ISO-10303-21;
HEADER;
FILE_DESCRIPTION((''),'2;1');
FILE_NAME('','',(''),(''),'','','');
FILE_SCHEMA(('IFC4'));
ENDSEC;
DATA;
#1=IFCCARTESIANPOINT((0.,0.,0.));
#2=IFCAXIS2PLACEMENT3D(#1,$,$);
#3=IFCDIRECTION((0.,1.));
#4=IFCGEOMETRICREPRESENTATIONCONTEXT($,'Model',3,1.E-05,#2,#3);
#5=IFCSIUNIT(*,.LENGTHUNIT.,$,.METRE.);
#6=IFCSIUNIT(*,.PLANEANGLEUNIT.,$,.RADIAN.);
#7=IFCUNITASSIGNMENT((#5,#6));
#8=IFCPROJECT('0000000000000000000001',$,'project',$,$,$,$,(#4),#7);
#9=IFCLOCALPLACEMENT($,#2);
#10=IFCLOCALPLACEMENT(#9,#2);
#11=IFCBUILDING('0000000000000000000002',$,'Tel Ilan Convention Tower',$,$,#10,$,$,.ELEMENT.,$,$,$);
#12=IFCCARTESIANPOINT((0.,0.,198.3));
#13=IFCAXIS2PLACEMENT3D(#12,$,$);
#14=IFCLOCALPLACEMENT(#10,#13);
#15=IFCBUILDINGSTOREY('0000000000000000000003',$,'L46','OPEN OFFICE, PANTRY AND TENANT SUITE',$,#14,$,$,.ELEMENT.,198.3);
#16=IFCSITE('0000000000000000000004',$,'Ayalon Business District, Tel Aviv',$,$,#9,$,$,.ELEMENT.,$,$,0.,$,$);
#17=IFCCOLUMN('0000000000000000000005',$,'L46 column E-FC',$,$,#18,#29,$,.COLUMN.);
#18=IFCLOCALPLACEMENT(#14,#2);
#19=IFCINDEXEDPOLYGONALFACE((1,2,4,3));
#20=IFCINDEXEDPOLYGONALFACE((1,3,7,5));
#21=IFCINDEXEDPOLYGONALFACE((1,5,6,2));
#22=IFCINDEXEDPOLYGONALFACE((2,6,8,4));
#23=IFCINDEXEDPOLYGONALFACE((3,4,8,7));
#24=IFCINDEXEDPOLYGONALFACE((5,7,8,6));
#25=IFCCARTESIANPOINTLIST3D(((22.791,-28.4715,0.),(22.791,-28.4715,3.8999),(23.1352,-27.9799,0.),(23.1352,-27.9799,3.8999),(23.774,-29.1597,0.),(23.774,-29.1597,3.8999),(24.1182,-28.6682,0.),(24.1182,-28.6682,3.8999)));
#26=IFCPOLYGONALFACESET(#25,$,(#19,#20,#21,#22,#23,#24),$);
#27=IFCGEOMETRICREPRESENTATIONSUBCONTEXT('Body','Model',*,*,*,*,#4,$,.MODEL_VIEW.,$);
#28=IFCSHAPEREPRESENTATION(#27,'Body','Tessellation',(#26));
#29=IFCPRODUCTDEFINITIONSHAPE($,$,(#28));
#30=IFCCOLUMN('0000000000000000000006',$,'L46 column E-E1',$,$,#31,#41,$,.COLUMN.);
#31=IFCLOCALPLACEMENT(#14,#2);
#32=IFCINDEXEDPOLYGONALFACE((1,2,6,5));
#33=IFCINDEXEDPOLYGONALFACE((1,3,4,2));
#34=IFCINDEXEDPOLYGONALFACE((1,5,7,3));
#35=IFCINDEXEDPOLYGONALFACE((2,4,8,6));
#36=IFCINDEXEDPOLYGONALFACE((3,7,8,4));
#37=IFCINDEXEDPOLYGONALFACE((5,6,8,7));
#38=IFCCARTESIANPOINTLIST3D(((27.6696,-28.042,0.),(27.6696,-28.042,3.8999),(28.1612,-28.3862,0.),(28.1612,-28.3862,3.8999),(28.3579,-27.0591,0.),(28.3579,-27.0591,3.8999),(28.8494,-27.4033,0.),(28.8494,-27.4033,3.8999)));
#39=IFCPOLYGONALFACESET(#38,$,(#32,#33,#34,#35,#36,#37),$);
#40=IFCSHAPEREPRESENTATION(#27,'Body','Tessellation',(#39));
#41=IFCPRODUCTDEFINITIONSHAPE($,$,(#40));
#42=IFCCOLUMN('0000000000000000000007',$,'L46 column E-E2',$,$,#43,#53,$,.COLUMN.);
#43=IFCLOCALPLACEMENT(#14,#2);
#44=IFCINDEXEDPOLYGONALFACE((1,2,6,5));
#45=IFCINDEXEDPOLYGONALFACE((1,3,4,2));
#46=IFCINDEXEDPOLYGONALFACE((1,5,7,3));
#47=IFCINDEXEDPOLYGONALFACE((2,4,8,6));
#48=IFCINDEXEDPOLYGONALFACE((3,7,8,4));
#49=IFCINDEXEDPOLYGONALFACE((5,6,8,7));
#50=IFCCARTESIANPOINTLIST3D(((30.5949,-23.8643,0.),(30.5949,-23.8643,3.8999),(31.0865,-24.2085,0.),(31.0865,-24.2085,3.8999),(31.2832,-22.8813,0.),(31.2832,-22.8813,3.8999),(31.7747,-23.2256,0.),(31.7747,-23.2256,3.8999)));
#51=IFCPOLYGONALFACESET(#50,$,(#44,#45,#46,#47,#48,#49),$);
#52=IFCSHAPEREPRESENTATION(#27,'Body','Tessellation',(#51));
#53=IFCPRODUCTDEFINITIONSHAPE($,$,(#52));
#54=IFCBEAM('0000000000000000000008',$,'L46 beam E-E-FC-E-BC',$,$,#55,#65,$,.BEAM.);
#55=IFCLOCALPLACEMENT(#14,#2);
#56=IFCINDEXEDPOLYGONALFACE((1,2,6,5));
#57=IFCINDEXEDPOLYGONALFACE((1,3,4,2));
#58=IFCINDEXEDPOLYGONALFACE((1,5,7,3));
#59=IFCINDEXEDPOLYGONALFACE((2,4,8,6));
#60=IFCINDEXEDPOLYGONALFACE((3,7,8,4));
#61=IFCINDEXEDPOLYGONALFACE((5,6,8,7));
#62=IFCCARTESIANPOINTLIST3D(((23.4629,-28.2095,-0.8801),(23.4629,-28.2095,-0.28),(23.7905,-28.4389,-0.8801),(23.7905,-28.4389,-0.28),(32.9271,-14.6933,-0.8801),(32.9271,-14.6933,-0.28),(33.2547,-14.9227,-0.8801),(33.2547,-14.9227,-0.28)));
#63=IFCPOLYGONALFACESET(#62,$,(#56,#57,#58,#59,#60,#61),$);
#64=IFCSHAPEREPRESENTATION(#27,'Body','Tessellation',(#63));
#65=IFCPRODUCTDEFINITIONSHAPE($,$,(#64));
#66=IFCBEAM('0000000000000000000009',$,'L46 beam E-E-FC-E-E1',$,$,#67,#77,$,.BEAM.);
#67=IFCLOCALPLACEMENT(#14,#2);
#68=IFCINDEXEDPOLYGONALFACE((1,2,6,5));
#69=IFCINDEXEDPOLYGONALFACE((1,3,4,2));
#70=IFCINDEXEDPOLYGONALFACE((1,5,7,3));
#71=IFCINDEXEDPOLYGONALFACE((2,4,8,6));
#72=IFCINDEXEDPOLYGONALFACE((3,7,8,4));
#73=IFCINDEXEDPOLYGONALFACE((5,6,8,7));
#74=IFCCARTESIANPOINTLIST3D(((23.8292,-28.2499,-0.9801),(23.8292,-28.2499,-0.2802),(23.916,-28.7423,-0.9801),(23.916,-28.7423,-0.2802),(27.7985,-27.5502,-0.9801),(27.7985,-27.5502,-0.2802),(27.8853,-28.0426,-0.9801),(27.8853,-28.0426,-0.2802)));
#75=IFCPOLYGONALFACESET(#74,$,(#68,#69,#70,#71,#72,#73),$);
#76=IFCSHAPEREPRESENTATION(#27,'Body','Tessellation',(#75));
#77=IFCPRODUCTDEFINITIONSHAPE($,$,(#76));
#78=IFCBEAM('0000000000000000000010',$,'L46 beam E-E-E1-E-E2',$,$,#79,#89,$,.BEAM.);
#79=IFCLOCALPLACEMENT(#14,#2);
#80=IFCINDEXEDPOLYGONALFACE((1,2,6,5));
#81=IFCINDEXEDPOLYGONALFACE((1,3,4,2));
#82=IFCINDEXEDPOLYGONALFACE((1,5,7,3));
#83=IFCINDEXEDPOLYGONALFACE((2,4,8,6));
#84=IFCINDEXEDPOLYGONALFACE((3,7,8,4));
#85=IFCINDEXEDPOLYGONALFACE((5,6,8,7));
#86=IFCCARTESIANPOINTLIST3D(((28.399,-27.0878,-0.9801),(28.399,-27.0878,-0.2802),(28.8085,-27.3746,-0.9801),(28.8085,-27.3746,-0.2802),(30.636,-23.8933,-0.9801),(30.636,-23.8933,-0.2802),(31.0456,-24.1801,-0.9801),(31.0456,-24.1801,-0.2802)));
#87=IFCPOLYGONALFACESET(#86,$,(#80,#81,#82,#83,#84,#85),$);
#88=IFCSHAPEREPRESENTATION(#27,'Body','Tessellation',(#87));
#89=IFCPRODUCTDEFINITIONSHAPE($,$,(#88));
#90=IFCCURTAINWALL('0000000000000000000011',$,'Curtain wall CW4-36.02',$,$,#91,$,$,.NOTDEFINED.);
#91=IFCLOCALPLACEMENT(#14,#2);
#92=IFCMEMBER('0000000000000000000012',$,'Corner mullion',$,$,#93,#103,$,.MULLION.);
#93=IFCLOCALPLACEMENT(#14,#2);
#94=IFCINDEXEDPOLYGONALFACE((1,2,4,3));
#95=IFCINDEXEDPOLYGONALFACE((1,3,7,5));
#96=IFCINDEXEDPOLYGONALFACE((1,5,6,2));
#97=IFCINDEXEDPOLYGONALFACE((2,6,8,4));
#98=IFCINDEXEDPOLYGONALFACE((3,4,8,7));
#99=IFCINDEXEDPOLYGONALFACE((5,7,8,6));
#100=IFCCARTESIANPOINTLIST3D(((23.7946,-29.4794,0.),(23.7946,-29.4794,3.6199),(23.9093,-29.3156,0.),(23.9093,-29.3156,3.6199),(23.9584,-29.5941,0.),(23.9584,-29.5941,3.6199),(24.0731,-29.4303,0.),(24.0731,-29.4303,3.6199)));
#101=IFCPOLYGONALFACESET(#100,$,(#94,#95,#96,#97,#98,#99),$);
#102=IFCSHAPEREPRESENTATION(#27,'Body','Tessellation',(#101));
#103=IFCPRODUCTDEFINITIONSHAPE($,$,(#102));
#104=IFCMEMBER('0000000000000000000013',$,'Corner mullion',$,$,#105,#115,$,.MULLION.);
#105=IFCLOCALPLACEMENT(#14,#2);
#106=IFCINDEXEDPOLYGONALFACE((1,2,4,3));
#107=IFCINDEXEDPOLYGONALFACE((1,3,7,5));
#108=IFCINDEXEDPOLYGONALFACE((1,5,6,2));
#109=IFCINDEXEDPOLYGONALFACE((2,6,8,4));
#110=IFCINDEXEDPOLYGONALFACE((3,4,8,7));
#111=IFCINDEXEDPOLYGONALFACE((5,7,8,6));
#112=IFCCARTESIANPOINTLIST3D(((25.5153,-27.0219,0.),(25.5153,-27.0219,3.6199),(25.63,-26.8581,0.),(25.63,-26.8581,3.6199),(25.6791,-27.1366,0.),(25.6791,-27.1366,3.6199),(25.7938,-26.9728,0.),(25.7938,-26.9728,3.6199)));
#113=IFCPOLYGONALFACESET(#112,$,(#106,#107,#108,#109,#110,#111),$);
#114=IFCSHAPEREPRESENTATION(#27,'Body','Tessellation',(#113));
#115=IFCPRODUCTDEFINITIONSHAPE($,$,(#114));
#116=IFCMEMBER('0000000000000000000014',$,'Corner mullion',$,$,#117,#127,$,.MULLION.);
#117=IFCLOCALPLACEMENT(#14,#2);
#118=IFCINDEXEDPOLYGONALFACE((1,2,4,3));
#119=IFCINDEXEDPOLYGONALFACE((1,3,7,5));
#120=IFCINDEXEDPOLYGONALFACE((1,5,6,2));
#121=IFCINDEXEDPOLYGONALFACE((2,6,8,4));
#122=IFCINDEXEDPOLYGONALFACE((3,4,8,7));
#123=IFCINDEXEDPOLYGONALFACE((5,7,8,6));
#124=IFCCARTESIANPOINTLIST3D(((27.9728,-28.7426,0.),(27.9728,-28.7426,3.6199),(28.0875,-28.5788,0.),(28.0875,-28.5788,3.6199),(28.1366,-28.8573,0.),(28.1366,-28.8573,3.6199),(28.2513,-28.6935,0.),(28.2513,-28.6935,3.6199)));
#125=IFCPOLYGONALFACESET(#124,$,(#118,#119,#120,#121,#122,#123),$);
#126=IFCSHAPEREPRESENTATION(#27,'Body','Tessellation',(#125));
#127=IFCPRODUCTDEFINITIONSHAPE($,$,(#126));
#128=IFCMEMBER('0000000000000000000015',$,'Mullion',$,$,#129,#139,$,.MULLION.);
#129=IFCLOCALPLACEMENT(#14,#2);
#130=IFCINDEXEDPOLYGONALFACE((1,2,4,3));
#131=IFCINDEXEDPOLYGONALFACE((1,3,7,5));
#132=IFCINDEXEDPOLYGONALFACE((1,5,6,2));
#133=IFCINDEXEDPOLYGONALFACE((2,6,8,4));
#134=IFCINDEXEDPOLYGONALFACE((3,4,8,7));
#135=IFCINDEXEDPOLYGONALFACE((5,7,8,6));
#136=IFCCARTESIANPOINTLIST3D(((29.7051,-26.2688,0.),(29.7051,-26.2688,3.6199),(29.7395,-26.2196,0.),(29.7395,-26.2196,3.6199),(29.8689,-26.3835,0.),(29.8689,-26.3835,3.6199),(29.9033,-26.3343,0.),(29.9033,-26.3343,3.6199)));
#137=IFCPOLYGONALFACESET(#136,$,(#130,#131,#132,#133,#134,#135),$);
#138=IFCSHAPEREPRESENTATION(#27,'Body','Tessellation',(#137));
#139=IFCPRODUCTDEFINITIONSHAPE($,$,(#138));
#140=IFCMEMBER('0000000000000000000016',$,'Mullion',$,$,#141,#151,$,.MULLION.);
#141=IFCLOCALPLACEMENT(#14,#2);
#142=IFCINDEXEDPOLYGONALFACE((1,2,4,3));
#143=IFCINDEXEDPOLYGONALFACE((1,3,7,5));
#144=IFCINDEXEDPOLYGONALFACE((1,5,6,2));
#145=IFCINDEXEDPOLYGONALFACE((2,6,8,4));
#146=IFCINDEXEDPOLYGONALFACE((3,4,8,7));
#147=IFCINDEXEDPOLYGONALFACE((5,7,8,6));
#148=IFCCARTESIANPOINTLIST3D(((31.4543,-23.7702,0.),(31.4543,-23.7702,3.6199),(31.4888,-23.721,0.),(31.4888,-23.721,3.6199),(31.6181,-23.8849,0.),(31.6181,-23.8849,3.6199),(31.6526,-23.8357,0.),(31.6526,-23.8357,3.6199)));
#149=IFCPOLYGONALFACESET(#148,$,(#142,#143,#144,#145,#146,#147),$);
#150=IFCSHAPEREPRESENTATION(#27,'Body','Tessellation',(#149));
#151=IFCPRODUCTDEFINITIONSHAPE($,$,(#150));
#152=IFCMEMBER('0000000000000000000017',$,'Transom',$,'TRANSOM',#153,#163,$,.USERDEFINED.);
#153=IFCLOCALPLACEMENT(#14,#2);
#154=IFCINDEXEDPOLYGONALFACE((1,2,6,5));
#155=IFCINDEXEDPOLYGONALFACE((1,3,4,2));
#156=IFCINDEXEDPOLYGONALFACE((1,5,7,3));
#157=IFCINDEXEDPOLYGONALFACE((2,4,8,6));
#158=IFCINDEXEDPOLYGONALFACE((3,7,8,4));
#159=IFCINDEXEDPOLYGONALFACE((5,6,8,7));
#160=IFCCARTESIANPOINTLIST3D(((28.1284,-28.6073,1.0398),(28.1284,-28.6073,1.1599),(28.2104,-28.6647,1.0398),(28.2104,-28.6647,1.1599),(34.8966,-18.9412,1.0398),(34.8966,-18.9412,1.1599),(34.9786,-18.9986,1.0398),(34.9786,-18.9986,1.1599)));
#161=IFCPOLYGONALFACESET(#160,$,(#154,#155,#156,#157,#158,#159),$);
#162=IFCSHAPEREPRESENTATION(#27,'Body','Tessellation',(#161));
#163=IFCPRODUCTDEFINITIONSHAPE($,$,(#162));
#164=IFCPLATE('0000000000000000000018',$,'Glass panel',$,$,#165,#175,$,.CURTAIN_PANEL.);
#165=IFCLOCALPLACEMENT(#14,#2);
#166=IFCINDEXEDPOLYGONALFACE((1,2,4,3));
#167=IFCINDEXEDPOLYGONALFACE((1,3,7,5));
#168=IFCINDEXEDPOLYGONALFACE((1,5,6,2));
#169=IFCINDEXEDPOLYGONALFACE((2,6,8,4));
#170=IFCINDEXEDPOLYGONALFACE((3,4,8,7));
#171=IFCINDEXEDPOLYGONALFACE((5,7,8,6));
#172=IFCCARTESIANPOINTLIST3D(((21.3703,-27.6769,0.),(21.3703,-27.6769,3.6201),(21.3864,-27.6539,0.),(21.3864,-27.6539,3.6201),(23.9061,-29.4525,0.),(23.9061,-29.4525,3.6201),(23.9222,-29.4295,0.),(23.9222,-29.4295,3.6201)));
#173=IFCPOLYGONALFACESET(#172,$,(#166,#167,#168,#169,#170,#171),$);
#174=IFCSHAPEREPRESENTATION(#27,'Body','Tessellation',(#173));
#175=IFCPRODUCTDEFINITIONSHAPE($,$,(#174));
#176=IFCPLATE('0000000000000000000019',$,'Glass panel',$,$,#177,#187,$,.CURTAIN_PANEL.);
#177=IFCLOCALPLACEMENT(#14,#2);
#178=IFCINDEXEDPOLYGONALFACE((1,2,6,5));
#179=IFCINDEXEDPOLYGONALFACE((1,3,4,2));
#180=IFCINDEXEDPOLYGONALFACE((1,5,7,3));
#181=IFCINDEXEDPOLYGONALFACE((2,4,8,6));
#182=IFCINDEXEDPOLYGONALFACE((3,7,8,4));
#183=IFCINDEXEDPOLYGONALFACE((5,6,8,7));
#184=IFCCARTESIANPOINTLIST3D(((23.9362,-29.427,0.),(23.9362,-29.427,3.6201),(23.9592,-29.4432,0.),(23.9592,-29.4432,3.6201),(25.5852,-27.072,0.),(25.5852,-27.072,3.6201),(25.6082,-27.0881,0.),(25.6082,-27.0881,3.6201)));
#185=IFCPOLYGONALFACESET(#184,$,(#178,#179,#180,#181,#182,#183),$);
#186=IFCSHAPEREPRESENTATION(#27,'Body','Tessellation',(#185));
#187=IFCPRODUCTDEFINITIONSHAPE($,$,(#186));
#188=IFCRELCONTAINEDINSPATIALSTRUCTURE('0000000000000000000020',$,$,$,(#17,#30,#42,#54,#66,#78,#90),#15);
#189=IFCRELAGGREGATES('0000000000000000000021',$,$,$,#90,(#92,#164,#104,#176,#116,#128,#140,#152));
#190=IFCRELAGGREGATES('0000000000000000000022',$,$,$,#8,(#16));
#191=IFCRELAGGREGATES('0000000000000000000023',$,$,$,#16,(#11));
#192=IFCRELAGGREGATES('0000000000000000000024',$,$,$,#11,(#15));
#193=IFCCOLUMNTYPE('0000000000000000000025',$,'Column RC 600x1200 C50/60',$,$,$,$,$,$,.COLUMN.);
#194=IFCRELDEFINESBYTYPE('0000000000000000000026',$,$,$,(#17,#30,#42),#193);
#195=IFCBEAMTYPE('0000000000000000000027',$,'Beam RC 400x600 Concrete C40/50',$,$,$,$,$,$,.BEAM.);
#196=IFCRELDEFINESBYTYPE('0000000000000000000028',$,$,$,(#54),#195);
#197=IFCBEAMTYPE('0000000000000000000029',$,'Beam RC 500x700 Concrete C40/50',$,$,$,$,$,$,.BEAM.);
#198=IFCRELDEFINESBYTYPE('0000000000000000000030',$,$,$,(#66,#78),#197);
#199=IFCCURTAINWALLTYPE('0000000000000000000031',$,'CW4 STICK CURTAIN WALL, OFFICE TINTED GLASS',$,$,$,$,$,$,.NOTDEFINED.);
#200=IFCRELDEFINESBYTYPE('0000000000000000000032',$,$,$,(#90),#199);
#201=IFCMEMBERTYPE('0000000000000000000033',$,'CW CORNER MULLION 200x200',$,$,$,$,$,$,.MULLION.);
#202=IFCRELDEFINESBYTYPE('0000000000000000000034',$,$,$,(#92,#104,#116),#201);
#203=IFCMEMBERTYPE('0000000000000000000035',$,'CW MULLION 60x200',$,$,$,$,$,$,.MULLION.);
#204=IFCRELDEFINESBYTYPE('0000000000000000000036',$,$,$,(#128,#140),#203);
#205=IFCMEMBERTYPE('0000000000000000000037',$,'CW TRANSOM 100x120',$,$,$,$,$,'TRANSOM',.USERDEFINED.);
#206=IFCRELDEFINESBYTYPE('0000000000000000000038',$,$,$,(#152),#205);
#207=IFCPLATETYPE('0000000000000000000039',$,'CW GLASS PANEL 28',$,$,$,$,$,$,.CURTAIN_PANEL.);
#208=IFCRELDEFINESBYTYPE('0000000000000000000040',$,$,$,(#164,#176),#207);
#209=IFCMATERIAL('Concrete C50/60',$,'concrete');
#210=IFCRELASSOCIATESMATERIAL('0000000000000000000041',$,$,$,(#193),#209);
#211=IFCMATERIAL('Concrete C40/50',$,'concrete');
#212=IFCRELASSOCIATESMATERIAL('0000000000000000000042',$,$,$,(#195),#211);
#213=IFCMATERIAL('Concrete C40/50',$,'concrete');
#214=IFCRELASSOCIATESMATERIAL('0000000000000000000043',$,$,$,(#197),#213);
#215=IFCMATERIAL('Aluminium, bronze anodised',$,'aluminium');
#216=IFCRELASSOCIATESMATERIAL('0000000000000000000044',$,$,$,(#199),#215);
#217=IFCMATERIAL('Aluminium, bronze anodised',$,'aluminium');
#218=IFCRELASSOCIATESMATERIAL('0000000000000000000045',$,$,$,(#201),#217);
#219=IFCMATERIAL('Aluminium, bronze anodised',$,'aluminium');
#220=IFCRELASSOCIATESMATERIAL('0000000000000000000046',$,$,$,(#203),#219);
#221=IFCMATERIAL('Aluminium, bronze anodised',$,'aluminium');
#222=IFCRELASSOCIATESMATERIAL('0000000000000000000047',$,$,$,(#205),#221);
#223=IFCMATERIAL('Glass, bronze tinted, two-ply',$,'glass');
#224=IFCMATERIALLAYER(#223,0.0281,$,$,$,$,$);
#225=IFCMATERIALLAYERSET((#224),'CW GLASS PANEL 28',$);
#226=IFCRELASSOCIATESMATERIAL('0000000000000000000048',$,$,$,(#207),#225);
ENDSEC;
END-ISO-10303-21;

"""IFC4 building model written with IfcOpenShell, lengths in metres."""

from ifc_helpers import new_model, si_unit, direction, frame, origin, origin_2d, place, context, subcontext, project, spatial, rectangle, extrude, material, layer, layer_set, material_profile, profile_set, type_object, element, aggregate, save


model = new_model("IFC4")

# Units and contexts
model_context = context("Model", 3, precision=1e-05, world=origin(), true_north=direction((0.0, 1.0)))
body_context = subcontext(model_context, "Body", "Model", "MODEL_VIEW")
ifc_project = project(units=[si_unit("LENGTHUNIT", "METRE"), si_unit("PLANEANGLEUNIT", "RADIAN")], contexts=[model_context])

# Site, building, storey
site_placement = place(None, origin())
site = spatial("IfcSite", under=ifc_project, at=site_placement, Name="Ayalon Business District, Tel Aviv", CompositionType="ELEMENT", RefElevation=0.0)
building_placement = place(site_placement, origin())
building = spatial("IfcBuilding", under=site, at=building_placement, Name="Tel Ilan Convention Tower", CompositionType="ELEMENT")
storey_placement = place(building_placement, frame((0.0, 0.0, 198.3)))
storey = spatial("IfcBuildingStorey", under=building, at=storey_placement, Name="L46", Description="OPEN OFFICE, PANTRY AND TENANT SUITE", CompositionType="ELEMENT", Elevation=198.3)

# Columns
ifc_material_1 = material(Name="Concrete C50/60", Category="concrete")
ifc_material_profile_1 = material_profile(ifc_material_1, rectangle(XDim=1.2, YDim=0.6001, at=origin_2d()), Name="RC 600x1200")
ifc_profile_set_1 = profile_set([ifc_material_profile_1], Name="Concrete C50/60")
column_type = type_object("IfcColumnType", Name="Column RC 600x1200 C50/60", PredefinedType="COLUMN", material=ifc_profile_set_1)
for number, where, z_axis, x_axis, name in (
    (1, (23.4546, -28.5698, 0.0), (0.0, 0.0, 1.0), (0.819152, -0.573576, 0.0), "L46 column E-FC"),
    (2, (28.2595, -27.7227, 0.0), (0.0, 0.0, 1.0), (0.573576, 0.819152, 0.0), "L46 column E-E1"),
    (3, (31.1848, -23.5449, 0.0), (0.0, 0.0, 1.0), (0.573576, 0.819152, 0.0), "L46 column E-E2"),
):
    element("IfcColumn", number, at=place(storey_placement, frame(where, z_axis=z_axis, x_axis=x_axis)), inside=storey, type_object=column_type, Name=name, PredefinedType="COLUMN", context=body_context, shape_type="SweptSolid", body=[
        extrude(rectangle(XDim=1.2, YDim=0.6001, at=origin_2d()), origin(), (0.0, 0.0, 1.0), 3.8999),
    ])

# Beams
ifc_material_2 = material(Name="Concrete C40/50", Category="concrete")
ifc_material_profile_2 = material_profile(ifc_material_2, rectangle(XDim=0.3999, YDim=0.6001, at=origin_2d()), Name="RC 400x600")
ifc_profile_set_2 = profile_set([ifc_material_profile_2], Name="Concrete C40/50")
beam_type_1 = type_object("IfcBeamType", Name="Beam RC 400x600 Concrete C40/50", PredefinedType="BEAM", material=ifc_profile_set_2)
beam_1_placement = place(storey_placement, frame((23.6267, -28.3242, -0.5801), z_axis=(0.573578, 0.819151, 0.0), x_axis=(-0.819151, 0.573578, 0.0)))
element("IfcBeam", 4, at=beam_1_placement, inside=storey, type_object=beam_type_1, Name="L46 beam E-E-FC-E-BC", PredefinedType="BEAM", context=body_context, shape_type="SweptSolid", body=[
    extrude(rectangle(XDim=0.3999, YDim=0.6001, at=origin_2d()), origin(), (0.0, 0.0, 1.0), 16.5002),
])
ifc_material_3 = material(Name="Concrete C40/50", Category="concrete")
ifc_material_profile_3 = material_profile(ifc_material_3, rectangle(XDim=0.5, YDim=0.7, at=origin_2d()), Name="RC 500x700")
ifc_profile_set_3 = profile_set([ifc_material_profile_3], Name="Concrete C40/50")
beam_type_2 = type_object("IfcBeamType", Name="Beam RC 500x700 Concrete C40/50", PredefinedType="BEAM", material=ifc_profile_set_3)
beam_2_placement = place(storey_placement, frame((23.8726, -28.4961, -0.6301), z_axis=(0.984815, 0.173606, 0.0), x_axis=(-0.173606, 0.984815, 0.0)))
element("IfcBeam", 5, at=beam_2_placement, inside=storey, type_object=beam_type_2, Name="L46 beam E-E-FC-E-E1", PredefinedType="BEAM", context=body_context, shape_type="SweptSolid", body=[
    extrude(rectangle(XDim=0.5, YDim=0.7, at=origin_2d()), origin(), (0.0, 0.0, 1.0), 4.0305),
])
beam_3_placement = place(storey_placement, frame((28.6038, -27.2312, -0.6301), z_axis=(0.573609, 0.819129, 0.0), x_axis=(-0.819129, 0.573609, 0.0)))
element("IfcBeam", 6, at=beam_3_placement, inside=storey, type_object=beam_type_2, Name="L46 beam E-E-E1-E-E2", PredefinedType="BEAM", context=body_context, shape_type="SweptSolid", body=[
    extrude(rectangle(XDim=0.5, YDim=0.7, at=origin_2d()), origin(), (0.0, 0.0, 1.0), 3.8999),
])

# Curtain wall, members, plates
ifc_material_4 = material(Name="Aluminium, bronze anodised", Category="aluminium")
curtain_wall_type = type_object("IfcCurtainWallType", Name="CW4 STICK CURTAIN WALL, OFFICE TINTED GLASS", PredefinedType="NOTDEFINED", material=ifc_material_4)
curtain_wall_placement = place(storey_placement, origin())
curtain_wall = element("IfcCurtainWall", 7, at=curtain_wall_placement, inside=storey, type_object=curtain_wall_type, Name="Curtain wall CW4-36.02", PredefinedType="NOTDEFINED")
ifc_material_5 = material(Name="Aluminium, bronze anodised", Category="aluminium")
ifc_material_profile_4 = material_profile(ifc_material_5, rectangle(XDim=0.2, YDim=0.2, at=origin_2d()), Name="CW CORNER MULLION 200x200")
ifc_profile_set_4 = profile_set([ifc_material_profile_4], Name="Aluminium, bronze anodised")
member_type_1 = type_object("IfcMemberType", Name="CW CORNER MULLION 200x200", PredefinedType="MULLION", material=ifc_profile_set_4)
member_1_placement = place(storey_placement, frame((23.9338, -29.4548, 0.0), z_axis=(0.0, 0.0, 1.0), x_axis=(0.819152, -0.573576, 0.0)))
member_1 = element("IfcMember", 8, at=member_1_placement, type_object=member_type_1, Name="Corner mullion", PredefinedType="MULLION", context=body_context, shape_type="SweptSolid", body=[
    extrude(rectangle(XDim=0.2, YDim=0.2, at=origin_2d()), origin(), (0.0, 0.0, 1.0), 3.6199),
])
member_2_placement = place(storey_placement, frame((25.6545, -26.9973, 0.0), z_axis=(0.0, 0.0, 1.0), x_axis=(0.573576, 0.819152, 0.0)))
member_2 = element("IfcMember", 9, at=member_2_placement, type_object=member_type_1, Name="Corner mullion", PredefinedType="MULLION", context=body_context, shape_type="SweptSolid", body=[
    extrude(rectangle(XDim=0.2, YDim=0.2, at=origin_2d()), origin(), (0.0, 0.0, 1.0), 3.6199),
])
member_3_placement = place(storey_placement, frame((28.1121, -28.718, 0.0), z_axis=(0.0, 0.0, 1.0), x_axis=(0.819152, -0.573576, 0.0)))
member_3 = element("IfcMember", 10, at=member_3_placement, type_object=member_type_1, Name="Corner mullion", PredefinedType="MULLION", context=body_context, shape_type="SweptSolid", body=[
    extrude(rectangle(XDim=0.2, YDim=0.2, at=origin_2d()), origin(), (0.0, 0.0, 1.0), 3.6199),
])
ifc_material_6 = material(Name="Aluminium, bronze anodised", Category="aluminium")
ifc_material_profile_5 = material_profile(ifc_material_6, rectangle(XDim=0.0601, YDim=0.2, at=origin_2d()), Name="CW MULLION 60x200")
ifc_profile_set_5 = profile_set([ifc_material_profile_5], Name="Aluminium, bronze anodised")
member_type_2 = type_object("IfcMemberType", Name="CW MULLION 60x200", PredefinedType="MULLION", material=ifc_profile_set_5)
member_4_placement = place(storey_placement, frame((29.8042, -26.3015, 0.0), z_axis=(0.0, 0.0, 1.0), x_axis=(0.573576, 0.819152, 0.0)))
member_4 = element("IfcMember", 11, at=member_4_placement, type_object=member_type_2, Name="Mullion", PredefinedType="MULLION", context=body_context, shape_type="SweptSolid", body=[
    extrude(rectangle(XDim=0.0601, YDim=0.2, at=origin_2d()), origin(), (0.0, 0.0, 1.0), 3.6199),
])
member_5_placement = place(storey_placement, frame((31.5535, -23.803, 0.0), z_axis=(0.0, 0.0, 1.0), x_axis=(0.573576, 0.819152, 0.0)))
member_5 = element("IfcMember", 12, at=member_5_placement, type_object=member_type_2, Name="Mullion", PredefinedType="MULLION", context=body_context, shape_type="SweptSolid", body=[
    extrude(rectangle(XDim=0.0601, YDim=0.2, at=origin_2d()), origin(), (0.0, 0.0, 1.0), 3.6199),
])
ifc_material_7 = material(Name="Aluminium, bronze anodised", Category="aluminium")
ifc_material_profile_6 = material_profile(ifc_material_7, rectangle(XDim=0.1001, YDim=0.1201, at=origin_2d()), Name="CW TRANSOM 100x120")
ifc_profile_set_6 = profile_set([ifc_material_profile_6], Name="Aluminium, bronze anodised")
member_type_3 = type_object("IfcMemberType", Name="CW TRANSOM 100x120", ElementType="TRANSOM", PredefinedType="USERDEFINED", material=ifc_profile_set_6)
member_6_placement = place(storey_placement, frame((28.1694, -28.636, 1.0999), z_axis=(0.573568, 0.819158, 0.0), x_axis=(-0.819158, 0.573568, 0.0)))
member_6 = element("IfcMember", 13, at=member_6_placement, type_object=member_type_3, Name="Transom", ObjectType="TRANSOM", PredefinedType="USERDEFINED", context=body_context, shape_type="SweptSolid", body=[
    extrude(rectangle(XDim=0.1001, YDim=0.1201, at=origin_2d()), origin(), (0.0, 0.0, 1.0), 11.8),
])
ifc_material_8 = material(Name="Glass, bronze tinted, two-ply", Category="glass")
ifc_layer_1 = layer(ifc_material_8, 0.0281)
ifc_layer_set_1 = layer_set([ifc_layer_1], Name="CW GLASS PANEL 28")
plate_type = type_object("IfcPlateType", Name="CW GLASS PANEL 28", PredefinedType="CURTAIN_PANEL", material=ifc_layer_set_1)
plate_1_placement = place(storey_placement, frame((22.6462, -28.5532, 0.0), z_axis=(0.0, 0.0, 1.0), x_axis=(0.819152, -0.573576, 0.0)))
plate_1 = element("IfcPlate", 14, at=plate_1_placement, type_object=plate_type, Name="Glass panel", PredefinedType="CURTAIN_PANEL", context=body_context, shape_type="SweptSolid", body=[
    extrude(rectangle(XDim=3.0957, YDim=0.0281, at=origin_2d()), origin(), (0.0, 0.0, 1.0), 3.6201),
])
plate_2_placement = place(storey_placement, frame((24.7722, -28.2576, 0.0), z_axis=(0.0, 0.0, 1.0), x_axis=(0.573576, 0.819152, 0.0)))
plate_2 = element("IfcPlate", 15, at=plate_2_placement, type_object=plate_type, Name="Glass panel", PredefinedType="CURTAIN_PANEL", context=body_context, shape_type="SweptSolid", body=[
    extrude(rectangle(XDim=2.875, YDim=0.0281, at=origin_2d()), origin(), (0.0, 0.0, 1.0), 3.6201),
])
aggregate(curtain_wall, [member_1, plate_1, member_2, plate_2, member_3, member_4, member_5, member_6])

save(model, "model.ifc")
